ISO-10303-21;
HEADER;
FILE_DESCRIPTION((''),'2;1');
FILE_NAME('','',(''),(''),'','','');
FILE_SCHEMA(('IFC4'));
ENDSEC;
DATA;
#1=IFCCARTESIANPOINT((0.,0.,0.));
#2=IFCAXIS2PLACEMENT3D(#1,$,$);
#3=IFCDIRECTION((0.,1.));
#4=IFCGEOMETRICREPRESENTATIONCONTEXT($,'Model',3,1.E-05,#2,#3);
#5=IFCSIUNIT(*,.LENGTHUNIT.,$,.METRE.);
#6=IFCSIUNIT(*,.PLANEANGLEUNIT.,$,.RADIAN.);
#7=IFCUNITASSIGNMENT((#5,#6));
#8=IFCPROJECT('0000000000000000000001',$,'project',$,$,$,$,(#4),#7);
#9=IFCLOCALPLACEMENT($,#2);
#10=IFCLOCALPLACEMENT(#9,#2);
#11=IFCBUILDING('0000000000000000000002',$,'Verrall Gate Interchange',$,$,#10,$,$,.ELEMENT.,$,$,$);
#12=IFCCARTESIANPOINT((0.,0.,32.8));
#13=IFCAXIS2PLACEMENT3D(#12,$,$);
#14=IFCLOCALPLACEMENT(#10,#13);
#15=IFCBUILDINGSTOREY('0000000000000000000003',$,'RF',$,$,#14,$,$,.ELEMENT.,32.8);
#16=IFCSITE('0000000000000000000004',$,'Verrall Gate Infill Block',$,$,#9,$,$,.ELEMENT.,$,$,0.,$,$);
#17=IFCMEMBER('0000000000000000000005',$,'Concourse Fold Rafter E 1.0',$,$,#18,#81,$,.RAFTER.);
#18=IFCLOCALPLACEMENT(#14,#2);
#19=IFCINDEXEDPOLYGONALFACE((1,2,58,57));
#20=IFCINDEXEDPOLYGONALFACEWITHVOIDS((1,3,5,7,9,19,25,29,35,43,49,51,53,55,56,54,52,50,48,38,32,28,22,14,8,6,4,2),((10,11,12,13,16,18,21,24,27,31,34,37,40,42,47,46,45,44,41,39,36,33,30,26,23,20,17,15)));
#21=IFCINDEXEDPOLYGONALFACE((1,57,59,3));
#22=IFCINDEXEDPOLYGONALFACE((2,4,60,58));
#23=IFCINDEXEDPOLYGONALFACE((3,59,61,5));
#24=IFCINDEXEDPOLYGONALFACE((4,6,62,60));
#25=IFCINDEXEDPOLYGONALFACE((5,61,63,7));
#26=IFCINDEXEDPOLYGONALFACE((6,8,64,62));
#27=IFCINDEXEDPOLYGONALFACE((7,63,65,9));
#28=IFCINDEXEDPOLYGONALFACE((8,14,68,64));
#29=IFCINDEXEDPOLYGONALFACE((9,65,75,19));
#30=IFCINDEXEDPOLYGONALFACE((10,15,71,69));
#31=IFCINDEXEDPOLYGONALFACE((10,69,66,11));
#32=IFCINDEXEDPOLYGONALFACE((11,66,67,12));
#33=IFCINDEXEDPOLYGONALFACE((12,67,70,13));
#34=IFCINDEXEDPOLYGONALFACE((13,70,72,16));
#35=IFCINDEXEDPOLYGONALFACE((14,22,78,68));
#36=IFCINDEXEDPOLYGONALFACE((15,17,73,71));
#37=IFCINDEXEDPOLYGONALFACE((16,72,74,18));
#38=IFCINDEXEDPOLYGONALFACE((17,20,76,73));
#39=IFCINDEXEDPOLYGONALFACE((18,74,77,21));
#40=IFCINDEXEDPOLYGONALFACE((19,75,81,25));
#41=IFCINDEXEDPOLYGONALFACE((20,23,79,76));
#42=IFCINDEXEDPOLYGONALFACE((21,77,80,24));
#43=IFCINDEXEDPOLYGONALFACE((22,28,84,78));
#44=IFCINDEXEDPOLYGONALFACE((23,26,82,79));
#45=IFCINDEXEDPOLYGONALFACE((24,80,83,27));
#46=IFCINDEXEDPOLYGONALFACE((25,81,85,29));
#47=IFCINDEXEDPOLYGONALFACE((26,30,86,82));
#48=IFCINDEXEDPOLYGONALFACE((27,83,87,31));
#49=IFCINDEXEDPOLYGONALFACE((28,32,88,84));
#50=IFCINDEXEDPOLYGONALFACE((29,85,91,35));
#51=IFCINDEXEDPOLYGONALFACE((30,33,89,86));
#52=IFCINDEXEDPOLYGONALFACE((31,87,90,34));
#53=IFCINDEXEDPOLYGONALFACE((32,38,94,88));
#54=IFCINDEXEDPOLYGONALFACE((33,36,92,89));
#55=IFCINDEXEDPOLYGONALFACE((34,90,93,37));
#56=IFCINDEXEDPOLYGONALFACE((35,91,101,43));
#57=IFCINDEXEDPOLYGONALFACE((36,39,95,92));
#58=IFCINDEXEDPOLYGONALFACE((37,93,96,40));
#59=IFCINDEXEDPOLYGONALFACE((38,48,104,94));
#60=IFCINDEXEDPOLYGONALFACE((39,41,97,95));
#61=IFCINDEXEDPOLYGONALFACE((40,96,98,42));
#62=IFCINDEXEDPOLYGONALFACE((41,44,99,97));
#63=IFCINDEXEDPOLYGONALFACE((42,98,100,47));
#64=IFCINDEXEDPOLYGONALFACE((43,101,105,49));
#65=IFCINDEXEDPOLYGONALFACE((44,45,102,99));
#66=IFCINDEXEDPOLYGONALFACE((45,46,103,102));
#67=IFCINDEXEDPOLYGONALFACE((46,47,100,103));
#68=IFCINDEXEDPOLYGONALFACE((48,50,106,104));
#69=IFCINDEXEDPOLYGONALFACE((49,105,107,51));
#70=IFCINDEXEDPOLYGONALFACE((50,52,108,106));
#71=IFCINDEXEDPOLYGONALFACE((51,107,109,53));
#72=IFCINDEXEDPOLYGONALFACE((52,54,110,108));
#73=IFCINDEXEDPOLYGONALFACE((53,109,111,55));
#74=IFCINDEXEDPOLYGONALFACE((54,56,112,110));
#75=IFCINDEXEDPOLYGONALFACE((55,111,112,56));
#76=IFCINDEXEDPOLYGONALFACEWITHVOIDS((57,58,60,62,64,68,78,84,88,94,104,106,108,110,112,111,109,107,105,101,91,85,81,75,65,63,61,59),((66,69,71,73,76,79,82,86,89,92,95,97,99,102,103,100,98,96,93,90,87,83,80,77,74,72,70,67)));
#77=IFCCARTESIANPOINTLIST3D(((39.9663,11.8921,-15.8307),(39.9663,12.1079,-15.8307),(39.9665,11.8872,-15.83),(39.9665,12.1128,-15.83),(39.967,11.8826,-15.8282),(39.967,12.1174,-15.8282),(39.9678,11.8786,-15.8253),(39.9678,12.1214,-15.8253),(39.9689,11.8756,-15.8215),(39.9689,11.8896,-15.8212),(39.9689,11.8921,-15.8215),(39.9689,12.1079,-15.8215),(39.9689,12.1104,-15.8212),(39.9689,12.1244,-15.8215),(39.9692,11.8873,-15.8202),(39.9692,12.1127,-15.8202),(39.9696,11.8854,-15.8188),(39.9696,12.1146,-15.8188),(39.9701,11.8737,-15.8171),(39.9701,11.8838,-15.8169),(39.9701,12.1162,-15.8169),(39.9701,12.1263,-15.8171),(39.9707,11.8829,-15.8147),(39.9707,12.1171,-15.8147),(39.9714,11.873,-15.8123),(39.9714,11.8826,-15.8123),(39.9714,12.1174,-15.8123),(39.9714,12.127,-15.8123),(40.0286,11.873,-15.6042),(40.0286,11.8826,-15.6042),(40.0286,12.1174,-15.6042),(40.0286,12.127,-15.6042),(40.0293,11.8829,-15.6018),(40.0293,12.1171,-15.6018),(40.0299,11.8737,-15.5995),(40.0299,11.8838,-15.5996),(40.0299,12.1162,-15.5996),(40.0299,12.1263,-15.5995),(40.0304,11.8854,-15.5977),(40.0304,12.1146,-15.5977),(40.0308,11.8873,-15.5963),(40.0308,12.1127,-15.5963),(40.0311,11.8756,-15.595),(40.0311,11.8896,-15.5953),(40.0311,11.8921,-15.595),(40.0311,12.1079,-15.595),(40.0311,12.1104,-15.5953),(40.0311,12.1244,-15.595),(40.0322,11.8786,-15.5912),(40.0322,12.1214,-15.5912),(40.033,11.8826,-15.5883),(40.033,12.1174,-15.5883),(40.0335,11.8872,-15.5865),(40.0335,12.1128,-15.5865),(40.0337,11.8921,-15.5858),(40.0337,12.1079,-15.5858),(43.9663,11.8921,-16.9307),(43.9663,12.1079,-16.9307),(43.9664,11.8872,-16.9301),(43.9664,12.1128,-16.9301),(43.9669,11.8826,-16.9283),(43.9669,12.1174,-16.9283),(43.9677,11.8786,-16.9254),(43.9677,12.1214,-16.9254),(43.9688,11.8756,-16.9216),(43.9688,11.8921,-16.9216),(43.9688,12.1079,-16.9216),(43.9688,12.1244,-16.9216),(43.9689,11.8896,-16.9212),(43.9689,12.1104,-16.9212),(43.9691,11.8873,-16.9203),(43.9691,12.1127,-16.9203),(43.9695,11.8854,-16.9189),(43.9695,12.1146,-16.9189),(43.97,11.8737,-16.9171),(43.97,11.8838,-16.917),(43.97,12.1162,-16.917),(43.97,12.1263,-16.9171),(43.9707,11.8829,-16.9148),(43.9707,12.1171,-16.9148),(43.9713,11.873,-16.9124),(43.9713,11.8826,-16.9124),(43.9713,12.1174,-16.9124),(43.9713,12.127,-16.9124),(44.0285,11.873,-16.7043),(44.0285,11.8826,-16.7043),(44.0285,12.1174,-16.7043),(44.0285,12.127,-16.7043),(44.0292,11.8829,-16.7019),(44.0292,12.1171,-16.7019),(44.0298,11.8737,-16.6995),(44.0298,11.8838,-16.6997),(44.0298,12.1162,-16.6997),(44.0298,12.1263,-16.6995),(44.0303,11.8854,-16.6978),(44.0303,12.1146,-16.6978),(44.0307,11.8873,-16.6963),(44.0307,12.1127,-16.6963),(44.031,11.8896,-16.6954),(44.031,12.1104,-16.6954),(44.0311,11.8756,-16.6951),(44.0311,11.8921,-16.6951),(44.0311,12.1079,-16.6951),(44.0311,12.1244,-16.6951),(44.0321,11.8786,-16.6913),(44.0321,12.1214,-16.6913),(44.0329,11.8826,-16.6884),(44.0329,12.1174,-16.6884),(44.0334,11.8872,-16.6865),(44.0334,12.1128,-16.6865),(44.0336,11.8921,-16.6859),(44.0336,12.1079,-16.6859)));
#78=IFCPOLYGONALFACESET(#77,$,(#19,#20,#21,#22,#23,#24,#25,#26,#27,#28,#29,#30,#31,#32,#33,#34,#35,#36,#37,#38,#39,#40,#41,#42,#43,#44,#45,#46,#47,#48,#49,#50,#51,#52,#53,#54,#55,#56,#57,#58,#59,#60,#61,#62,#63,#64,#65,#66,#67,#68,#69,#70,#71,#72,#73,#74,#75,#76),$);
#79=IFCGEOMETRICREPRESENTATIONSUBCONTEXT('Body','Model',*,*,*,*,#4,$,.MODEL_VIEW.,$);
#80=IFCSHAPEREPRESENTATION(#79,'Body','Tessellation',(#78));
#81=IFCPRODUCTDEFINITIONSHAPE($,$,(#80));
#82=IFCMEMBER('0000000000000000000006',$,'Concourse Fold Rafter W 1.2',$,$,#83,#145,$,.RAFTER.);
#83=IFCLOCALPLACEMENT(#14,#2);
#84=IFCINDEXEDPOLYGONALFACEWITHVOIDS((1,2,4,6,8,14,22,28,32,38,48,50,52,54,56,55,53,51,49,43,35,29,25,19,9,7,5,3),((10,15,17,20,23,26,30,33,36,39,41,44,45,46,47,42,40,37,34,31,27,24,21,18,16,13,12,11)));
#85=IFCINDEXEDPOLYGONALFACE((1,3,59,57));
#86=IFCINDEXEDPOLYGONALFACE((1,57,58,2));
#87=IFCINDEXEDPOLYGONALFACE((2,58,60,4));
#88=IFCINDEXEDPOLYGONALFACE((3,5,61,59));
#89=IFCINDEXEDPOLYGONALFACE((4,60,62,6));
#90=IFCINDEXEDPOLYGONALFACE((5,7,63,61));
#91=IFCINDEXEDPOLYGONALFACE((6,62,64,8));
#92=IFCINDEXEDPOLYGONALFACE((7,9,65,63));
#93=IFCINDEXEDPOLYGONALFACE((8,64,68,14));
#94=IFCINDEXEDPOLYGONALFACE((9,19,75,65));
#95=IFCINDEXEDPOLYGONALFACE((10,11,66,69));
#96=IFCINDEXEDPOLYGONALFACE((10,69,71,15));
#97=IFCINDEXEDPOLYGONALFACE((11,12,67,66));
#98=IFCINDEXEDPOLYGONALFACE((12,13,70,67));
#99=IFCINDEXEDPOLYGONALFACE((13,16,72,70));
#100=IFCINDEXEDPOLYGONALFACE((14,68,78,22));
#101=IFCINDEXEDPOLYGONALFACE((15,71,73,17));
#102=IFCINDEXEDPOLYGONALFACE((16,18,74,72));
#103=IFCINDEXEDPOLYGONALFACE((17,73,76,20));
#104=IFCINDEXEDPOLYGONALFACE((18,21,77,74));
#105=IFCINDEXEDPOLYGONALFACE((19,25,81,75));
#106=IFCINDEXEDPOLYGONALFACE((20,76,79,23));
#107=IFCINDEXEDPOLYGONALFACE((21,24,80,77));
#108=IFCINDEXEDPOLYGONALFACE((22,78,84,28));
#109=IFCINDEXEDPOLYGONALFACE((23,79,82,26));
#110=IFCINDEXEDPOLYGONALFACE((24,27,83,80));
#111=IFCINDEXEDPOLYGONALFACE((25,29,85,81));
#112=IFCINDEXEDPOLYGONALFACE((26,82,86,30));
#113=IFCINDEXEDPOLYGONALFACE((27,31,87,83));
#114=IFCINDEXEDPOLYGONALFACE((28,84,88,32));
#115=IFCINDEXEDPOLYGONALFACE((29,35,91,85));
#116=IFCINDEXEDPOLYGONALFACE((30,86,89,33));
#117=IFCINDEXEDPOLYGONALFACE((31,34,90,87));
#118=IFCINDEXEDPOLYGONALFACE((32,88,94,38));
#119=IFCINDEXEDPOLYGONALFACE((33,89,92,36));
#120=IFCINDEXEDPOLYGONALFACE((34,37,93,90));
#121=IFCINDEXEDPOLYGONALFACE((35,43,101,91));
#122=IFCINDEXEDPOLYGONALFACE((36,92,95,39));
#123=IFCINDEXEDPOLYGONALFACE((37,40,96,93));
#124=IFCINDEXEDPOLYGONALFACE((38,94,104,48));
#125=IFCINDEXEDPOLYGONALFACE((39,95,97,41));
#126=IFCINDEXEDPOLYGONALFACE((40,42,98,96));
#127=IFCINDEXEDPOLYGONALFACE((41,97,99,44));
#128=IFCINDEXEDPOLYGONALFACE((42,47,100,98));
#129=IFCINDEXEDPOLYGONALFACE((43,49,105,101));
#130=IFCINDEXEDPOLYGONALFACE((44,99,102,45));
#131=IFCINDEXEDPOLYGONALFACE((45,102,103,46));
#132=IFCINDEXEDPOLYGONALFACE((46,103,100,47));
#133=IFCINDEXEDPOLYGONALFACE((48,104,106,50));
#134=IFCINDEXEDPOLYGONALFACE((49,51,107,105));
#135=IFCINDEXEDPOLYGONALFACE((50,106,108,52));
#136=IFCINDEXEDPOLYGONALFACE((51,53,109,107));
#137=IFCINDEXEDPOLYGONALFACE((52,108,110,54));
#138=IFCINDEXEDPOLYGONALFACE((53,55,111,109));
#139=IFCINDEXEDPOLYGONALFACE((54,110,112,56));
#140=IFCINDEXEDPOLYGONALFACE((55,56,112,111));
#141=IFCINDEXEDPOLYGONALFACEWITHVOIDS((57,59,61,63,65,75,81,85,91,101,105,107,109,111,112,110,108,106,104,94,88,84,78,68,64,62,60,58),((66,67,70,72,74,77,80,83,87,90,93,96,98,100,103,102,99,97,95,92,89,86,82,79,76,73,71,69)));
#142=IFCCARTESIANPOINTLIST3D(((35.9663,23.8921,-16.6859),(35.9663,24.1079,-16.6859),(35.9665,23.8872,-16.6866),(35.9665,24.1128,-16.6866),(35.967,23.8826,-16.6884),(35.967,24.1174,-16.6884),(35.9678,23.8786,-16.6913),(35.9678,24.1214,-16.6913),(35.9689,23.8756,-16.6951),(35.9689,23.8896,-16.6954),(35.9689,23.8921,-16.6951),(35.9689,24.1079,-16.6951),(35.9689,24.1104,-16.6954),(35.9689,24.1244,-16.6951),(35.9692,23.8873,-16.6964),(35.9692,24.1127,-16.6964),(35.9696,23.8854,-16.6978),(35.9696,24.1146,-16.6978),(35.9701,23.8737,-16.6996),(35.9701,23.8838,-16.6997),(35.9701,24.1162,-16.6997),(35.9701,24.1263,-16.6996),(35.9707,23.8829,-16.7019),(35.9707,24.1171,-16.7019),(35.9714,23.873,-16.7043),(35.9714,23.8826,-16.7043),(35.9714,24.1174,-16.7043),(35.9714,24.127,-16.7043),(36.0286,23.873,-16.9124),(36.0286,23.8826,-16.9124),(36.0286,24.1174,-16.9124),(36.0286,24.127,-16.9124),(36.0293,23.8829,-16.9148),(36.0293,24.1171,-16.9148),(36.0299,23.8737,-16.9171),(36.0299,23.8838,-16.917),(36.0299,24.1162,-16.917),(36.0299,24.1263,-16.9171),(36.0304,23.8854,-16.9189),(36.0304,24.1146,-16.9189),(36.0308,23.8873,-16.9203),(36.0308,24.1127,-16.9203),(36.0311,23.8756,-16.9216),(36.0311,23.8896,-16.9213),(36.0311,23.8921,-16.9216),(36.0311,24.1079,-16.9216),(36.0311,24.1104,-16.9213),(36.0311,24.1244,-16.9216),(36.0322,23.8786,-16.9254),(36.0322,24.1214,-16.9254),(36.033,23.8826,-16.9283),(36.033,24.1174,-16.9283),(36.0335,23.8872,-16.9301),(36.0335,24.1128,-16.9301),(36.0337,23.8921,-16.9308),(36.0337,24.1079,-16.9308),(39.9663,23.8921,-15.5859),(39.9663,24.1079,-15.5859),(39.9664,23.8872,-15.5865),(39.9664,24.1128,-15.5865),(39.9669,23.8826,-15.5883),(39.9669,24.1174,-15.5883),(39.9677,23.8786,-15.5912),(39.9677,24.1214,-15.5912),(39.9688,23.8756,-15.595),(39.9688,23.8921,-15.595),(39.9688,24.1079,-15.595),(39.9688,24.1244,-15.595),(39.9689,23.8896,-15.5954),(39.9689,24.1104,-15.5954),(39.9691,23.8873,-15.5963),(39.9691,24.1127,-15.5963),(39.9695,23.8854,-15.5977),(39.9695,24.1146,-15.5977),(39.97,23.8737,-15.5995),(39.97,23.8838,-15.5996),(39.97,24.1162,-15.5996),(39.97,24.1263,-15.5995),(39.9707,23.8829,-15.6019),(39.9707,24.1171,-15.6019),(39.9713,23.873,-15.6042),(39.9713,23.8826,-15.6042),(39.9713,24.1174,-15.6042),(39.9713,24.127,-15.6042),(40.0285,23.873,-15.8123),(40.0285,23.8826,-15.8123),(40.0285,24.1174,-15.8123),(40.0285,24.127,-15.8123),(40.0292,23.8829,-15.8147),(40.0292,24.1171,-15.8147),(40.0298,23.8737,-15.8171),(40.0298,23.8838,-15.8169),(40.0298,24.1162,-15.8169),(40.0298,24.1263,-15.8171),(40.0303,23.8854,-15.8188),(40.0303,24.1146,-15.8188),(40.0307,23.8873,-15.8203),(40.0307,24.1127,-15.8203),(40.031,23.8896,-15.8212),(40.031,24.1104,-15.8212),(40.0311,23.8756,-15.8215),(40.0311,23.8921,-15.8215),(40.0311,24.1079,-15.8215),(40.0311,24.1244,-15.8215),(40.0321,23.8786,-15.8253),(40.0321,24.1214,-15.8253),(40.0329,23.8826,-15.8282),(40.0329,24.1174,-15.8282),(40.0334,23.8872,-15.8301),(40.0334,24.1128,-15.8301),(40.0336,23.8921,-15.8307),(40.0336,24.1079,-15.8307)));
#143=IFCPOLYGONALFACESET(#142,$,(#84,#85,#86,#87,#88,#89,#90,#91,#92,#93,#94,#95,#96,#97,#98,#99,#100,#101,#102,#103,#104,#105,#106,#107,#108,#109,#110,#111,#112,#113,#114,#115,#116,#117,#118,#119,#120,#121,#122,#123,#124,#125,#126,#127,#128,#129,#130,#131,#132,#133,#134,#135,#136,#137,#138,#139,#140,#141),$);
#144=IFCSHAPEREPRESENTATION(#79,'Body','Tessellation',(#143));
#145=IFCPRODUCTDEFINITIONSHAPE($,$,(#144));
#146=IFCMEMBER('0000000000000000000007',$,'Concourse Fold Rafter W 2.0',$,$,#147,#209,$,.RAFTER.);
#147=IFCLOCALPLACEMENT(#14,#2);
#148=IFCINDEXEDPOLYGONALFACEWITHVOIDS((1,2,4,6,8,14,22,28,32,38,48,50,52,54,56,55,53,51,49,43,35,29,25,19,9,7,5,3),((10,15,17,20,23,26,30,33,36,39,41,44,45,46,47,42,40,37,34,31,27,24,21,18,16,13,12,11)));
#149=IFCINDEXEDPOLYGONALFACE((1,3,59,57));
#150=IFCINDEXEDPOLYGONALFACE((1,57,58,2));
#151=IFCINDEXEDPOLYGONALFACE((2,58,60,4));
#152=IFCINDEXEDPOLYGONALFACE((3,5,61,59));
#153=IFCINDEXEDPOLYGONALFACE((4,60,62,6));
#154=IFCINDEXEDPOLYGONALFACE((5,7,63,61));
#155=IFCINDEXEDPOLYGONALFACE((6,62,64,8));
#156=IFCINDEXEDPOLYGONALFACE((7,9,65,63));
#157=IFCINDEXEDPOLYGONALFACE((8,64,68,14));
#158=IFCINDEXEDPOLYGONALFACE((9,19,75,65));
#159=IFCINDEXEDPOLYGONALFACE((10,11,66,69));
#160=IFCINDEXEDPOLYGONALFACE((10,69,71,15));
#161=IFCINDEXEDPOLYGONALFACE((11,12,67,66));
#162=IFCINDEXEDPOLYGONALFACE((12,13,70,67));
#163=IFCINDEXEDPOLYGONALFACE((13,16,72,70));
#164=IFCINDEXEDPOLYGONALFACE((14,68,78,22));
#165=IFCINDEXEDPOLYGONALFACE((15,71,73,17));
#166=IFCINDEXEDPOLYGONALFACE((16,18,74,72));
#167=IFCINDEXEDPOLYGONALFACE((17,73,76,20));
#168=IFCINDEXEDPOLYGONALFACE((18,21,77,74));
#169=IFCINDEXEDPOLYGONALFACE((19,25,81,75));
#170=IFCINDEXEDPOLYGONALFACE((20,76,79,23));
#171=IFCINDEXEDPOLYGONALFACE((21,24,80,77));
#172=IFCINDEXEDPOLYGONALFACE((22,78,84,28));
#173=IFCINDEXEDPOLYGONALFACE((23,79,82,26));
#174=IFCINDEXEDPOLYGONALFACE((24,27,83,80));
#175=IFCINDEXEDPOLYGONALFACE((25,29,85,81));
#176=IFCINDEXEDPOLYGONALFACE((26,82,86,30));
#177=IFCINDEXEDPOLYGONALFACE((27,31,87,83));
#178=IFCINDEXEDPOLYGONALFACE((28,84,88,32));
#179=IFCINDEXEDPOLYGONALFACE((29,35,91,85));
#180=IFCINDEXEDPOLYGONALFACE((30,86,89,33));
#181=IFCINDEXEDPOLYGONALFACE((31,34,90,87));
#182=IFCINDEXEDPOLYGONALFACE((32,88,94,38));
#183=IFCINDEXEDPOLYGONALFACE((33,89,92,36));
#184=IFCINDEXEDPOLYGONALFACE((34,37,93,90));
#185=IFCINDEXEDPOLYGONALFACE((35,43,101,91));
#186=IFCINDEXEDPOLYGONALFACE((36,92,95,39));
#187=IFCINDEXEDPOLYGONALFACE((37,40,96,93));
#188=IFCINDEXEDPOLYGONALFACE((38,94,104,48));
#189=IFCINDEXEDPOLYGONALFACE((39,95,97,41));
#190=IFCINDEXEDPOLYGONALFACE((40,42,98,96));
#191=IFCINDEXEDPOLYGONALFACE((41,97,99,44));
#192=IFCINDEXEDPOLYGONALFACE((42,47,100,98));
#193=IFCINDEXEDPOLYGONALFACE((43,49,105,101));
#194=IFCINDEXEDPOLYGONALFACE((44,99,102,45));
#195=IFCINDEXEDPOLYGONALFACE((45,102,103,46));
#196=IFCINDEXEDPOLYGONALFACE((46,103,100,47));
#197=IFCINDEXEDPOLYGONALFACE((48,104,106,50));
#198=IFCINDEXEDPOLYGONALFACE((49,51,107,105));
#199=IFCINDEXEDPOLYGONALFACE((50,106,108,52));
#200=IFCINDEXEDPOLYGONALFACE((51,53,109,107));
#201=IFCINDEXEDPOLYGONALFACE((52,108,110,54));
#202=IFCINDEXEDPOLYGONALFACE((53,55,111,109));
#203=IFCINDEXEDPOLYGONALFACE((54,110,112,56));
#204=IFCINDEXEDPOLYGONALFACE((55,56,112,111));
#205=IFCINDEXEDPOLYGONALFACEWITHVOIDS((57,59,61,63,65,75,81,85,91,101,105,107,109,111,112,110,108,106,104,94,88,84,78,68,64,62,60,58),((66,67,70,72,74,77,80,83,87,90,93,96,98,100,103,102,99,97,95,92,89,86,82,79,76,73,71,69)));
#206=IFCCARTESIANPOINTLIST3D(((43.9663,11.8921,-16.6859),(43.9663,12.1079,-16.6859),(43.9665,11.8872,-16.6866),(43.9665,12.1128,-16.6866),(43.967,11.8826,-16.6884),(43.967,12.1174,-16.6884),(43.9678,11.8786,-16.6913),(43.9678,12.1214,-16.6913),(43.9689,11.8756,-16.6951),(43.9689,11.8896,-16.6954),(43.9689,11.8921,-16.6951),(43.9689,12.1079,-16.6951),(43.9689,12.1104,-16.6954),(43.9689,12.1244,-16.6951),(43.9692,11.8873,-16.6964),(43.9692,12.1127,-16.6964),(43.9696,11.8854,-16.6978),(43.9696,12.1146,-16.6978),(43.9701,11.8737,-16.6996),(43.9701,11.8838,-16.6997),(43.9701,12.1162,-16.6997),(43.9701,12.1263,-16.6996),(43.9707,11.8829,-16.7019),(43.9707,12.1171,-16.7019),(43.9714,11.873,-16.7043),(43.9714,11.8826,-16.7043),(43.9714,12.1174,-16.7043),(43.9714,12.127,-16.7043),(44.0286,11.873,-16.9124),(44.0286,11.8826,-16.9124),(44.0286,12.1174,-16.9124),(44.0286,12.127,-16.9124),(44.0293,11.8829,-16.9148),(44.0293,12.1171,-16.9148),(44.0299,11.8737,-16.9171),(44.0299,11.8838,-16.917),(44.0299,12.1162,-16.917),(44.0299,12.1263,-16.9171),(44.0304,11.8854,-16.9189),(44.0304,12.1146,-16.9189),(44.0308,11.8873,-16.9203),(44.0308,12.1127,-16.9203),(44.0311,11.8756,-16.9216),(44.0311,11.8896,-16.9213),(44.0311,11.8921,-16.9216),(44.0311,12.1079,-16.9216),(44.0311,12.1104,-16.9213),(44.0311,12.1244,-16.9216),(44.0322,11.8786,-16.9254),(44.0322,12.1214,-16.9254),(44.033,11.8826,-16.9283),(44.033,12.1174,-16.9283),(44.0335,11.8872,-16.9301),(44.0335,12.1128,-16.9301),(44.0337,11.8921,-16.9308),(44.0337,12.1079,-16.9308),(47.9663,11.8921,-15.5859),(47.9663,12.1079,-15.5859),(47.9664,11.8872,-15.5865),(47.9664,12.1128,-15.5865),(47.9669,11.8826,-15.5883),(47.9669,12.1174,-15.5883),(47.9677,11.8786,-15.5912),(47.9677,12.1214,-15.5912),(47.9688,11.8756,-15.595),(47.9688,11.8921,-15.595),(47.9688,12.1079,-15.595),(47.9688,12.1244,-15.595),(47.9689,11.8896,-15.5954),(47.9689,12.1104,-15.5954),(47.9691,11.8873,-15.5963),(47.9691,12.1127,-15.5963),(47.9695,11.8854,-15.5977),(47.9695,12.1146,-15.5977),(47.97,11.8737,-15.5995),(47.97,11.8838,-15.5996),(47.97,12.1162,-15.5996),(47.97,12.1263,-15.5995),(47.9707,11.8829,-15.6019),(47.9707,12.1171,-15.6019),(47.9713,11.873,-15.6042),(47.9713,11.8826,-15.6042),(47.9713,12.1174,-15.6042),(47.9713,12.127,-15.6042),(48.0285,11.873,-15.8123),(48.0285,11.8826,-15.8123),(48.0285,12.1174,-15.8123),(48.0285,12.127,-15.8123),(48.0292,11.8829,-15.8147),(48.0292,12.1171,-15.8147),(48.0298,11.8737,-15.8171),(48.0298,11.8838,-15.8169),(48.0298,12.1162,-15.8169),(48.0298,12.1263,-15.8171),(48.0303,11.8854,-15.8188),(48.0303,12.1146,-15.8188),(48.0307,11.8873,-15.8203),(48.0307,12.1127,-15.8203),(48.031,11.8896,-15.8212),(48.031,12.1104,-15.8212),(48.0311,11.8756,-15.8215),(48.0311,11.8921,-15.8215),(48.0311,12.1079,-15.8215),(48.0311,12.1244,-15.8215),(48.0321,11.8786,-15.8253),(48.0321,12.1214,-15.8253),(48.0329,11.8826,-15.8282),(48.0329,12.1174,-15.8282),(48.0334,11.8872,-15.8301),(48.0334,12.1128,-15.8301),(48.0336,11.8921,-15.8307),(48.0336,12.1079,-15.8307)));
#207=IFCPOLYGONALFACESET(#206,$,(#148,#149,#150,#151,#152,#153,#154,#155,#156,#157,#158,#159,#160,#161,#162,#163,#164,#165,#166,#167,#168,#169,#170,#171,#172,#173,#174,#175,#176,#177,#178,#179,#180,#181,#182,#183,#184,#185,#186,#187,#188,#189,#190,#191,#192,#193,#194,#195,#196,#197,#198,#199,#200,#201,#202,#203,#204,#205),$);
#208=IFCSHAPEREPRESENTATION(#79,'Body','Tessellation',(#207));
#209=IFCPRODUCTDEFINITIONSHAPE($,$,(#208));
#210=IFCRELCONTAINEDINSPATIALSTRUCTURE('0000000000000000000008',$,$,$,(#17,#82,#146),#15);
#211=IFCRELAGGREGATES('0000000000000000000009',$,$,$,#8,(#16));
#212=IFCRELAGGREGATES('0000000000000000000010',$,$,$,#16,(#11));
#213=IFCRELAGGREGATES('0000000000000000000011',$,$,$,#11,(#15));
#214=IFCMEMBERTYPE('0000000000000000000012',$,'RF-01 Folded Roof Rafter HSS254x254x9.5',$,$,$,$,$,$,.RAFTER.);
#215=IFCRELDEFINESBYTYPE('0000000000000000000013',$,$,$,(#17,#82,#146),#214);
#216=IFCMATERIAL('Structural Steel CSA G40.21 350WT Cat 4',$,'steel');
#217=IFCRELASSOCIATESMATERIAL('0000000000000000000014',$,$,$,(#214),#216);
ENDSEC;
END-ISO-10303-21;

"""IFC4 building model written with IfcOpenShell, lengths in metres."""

from ifc_helpers import new_model, si_unit, direction, frame, origin, origin_2d, place, context, subcontext, project, spatial, hollow_rectangle, extrude, material, material_profile, profile_set, type_object, element, save


model = new_model("IFC4")

# Units and contexts
model_context = context("Model", 3, precision=1e-05, world=origin(), true_north=direction((0.0, 1.0)))
body_context = subcontext(model_context, "Body", "Model", "MODEL_VIEW")
ifc_project = project(units=[si_unit("LENGTHUNIT", "METRE"), si_unit("PLANEANGLEUNIT", "RADIAN")], contexts=[model_context])

# Site, building, storey
site_placement = place(None, origin())
site = spatial("IfcSite", under=ifc_project, at=site_placement, Name="Verrall Gate Infill Block", CompositionType="ELEMENT", RefElevation=0.0)
building_placement = place(site_placement, origin())
building = spatial("IfcBuilding", under=site, at=building_placement, Name="Verrall Gate Interchange", CompositionType="ELEMENT")
storey_placement = place(building_placement, frame((0.0, 0.0, 32.8)))
storey = spatial("IfcBuildingStorey", under=building, at=storey_placement, Name="RF", CompositionType="ELEMENT", Elevation=32.8)

# Members
ifc_material_1 = material(Name="Structural Steel CSA G40.21 350WT Cat 4", Category="steel")
ifc_material_profile_1 = material_profile(ifc_material_1, hollow_rectangle(XDim=0.2539, YDim=0.2539, WallThickness=0.0095, InnerFilletRadius=0.0095, OuterFilletRadius=0.019, at=origin_2d()), Name="HSS254x254x9.5")
ifc_profile_set_1 = profile_set([ifc_material_profile_1], Name="Structural Steel CSA G40.21 350WT Cat 4")
member_type_1 = type_object("IfcMemberType", Name="RF-01 Folded Roof Rafter HSS254x254x9.5", PredefinedType="RAFTER", material=ifc_profile_set_1)
for number, where, z_axis, x_axis, name in (
    (1, (40.0, 12.0, -15.7083), (0.964199, 0.0, -0.265178), (0.0, 1.0, 0.0), "Concourse Fold Rafter E 1.0"),
    (2, (36.0, 24.0, -16.8083), (0.964199, 0.0, 0.265178), (0.0, 1.0, 0.0), "Concourse Fold Rafter W 1.2"),
    (3, (44.0, 12.0, -16.8083), (0.964199, 0.0, 0.265178), (0.0, 1.0, 0.0), "Concourse Fold Rafter W 2.0"),
):
    element("IfcMember", number, at=place(storey_placement, frame(where, z_axis=z_axis, x_axis=x_axis)), inside=storey, type_object=member_type_1, Name=name, PredefinedType="RAFTER", context=body_context, shape_type="SweptSolid", body=[
        extrude(hollow_rectangle(XDim=0.2539, YDim=0.2539, WallThickness=0.0095, InnerFilletRadius=0.0095, OuterFilletRadius=0.019, at=origin_2d()), origin(), (0.0, 0.0, 1.0), 4.1484),
    ])

save(model, "model.ifc")
